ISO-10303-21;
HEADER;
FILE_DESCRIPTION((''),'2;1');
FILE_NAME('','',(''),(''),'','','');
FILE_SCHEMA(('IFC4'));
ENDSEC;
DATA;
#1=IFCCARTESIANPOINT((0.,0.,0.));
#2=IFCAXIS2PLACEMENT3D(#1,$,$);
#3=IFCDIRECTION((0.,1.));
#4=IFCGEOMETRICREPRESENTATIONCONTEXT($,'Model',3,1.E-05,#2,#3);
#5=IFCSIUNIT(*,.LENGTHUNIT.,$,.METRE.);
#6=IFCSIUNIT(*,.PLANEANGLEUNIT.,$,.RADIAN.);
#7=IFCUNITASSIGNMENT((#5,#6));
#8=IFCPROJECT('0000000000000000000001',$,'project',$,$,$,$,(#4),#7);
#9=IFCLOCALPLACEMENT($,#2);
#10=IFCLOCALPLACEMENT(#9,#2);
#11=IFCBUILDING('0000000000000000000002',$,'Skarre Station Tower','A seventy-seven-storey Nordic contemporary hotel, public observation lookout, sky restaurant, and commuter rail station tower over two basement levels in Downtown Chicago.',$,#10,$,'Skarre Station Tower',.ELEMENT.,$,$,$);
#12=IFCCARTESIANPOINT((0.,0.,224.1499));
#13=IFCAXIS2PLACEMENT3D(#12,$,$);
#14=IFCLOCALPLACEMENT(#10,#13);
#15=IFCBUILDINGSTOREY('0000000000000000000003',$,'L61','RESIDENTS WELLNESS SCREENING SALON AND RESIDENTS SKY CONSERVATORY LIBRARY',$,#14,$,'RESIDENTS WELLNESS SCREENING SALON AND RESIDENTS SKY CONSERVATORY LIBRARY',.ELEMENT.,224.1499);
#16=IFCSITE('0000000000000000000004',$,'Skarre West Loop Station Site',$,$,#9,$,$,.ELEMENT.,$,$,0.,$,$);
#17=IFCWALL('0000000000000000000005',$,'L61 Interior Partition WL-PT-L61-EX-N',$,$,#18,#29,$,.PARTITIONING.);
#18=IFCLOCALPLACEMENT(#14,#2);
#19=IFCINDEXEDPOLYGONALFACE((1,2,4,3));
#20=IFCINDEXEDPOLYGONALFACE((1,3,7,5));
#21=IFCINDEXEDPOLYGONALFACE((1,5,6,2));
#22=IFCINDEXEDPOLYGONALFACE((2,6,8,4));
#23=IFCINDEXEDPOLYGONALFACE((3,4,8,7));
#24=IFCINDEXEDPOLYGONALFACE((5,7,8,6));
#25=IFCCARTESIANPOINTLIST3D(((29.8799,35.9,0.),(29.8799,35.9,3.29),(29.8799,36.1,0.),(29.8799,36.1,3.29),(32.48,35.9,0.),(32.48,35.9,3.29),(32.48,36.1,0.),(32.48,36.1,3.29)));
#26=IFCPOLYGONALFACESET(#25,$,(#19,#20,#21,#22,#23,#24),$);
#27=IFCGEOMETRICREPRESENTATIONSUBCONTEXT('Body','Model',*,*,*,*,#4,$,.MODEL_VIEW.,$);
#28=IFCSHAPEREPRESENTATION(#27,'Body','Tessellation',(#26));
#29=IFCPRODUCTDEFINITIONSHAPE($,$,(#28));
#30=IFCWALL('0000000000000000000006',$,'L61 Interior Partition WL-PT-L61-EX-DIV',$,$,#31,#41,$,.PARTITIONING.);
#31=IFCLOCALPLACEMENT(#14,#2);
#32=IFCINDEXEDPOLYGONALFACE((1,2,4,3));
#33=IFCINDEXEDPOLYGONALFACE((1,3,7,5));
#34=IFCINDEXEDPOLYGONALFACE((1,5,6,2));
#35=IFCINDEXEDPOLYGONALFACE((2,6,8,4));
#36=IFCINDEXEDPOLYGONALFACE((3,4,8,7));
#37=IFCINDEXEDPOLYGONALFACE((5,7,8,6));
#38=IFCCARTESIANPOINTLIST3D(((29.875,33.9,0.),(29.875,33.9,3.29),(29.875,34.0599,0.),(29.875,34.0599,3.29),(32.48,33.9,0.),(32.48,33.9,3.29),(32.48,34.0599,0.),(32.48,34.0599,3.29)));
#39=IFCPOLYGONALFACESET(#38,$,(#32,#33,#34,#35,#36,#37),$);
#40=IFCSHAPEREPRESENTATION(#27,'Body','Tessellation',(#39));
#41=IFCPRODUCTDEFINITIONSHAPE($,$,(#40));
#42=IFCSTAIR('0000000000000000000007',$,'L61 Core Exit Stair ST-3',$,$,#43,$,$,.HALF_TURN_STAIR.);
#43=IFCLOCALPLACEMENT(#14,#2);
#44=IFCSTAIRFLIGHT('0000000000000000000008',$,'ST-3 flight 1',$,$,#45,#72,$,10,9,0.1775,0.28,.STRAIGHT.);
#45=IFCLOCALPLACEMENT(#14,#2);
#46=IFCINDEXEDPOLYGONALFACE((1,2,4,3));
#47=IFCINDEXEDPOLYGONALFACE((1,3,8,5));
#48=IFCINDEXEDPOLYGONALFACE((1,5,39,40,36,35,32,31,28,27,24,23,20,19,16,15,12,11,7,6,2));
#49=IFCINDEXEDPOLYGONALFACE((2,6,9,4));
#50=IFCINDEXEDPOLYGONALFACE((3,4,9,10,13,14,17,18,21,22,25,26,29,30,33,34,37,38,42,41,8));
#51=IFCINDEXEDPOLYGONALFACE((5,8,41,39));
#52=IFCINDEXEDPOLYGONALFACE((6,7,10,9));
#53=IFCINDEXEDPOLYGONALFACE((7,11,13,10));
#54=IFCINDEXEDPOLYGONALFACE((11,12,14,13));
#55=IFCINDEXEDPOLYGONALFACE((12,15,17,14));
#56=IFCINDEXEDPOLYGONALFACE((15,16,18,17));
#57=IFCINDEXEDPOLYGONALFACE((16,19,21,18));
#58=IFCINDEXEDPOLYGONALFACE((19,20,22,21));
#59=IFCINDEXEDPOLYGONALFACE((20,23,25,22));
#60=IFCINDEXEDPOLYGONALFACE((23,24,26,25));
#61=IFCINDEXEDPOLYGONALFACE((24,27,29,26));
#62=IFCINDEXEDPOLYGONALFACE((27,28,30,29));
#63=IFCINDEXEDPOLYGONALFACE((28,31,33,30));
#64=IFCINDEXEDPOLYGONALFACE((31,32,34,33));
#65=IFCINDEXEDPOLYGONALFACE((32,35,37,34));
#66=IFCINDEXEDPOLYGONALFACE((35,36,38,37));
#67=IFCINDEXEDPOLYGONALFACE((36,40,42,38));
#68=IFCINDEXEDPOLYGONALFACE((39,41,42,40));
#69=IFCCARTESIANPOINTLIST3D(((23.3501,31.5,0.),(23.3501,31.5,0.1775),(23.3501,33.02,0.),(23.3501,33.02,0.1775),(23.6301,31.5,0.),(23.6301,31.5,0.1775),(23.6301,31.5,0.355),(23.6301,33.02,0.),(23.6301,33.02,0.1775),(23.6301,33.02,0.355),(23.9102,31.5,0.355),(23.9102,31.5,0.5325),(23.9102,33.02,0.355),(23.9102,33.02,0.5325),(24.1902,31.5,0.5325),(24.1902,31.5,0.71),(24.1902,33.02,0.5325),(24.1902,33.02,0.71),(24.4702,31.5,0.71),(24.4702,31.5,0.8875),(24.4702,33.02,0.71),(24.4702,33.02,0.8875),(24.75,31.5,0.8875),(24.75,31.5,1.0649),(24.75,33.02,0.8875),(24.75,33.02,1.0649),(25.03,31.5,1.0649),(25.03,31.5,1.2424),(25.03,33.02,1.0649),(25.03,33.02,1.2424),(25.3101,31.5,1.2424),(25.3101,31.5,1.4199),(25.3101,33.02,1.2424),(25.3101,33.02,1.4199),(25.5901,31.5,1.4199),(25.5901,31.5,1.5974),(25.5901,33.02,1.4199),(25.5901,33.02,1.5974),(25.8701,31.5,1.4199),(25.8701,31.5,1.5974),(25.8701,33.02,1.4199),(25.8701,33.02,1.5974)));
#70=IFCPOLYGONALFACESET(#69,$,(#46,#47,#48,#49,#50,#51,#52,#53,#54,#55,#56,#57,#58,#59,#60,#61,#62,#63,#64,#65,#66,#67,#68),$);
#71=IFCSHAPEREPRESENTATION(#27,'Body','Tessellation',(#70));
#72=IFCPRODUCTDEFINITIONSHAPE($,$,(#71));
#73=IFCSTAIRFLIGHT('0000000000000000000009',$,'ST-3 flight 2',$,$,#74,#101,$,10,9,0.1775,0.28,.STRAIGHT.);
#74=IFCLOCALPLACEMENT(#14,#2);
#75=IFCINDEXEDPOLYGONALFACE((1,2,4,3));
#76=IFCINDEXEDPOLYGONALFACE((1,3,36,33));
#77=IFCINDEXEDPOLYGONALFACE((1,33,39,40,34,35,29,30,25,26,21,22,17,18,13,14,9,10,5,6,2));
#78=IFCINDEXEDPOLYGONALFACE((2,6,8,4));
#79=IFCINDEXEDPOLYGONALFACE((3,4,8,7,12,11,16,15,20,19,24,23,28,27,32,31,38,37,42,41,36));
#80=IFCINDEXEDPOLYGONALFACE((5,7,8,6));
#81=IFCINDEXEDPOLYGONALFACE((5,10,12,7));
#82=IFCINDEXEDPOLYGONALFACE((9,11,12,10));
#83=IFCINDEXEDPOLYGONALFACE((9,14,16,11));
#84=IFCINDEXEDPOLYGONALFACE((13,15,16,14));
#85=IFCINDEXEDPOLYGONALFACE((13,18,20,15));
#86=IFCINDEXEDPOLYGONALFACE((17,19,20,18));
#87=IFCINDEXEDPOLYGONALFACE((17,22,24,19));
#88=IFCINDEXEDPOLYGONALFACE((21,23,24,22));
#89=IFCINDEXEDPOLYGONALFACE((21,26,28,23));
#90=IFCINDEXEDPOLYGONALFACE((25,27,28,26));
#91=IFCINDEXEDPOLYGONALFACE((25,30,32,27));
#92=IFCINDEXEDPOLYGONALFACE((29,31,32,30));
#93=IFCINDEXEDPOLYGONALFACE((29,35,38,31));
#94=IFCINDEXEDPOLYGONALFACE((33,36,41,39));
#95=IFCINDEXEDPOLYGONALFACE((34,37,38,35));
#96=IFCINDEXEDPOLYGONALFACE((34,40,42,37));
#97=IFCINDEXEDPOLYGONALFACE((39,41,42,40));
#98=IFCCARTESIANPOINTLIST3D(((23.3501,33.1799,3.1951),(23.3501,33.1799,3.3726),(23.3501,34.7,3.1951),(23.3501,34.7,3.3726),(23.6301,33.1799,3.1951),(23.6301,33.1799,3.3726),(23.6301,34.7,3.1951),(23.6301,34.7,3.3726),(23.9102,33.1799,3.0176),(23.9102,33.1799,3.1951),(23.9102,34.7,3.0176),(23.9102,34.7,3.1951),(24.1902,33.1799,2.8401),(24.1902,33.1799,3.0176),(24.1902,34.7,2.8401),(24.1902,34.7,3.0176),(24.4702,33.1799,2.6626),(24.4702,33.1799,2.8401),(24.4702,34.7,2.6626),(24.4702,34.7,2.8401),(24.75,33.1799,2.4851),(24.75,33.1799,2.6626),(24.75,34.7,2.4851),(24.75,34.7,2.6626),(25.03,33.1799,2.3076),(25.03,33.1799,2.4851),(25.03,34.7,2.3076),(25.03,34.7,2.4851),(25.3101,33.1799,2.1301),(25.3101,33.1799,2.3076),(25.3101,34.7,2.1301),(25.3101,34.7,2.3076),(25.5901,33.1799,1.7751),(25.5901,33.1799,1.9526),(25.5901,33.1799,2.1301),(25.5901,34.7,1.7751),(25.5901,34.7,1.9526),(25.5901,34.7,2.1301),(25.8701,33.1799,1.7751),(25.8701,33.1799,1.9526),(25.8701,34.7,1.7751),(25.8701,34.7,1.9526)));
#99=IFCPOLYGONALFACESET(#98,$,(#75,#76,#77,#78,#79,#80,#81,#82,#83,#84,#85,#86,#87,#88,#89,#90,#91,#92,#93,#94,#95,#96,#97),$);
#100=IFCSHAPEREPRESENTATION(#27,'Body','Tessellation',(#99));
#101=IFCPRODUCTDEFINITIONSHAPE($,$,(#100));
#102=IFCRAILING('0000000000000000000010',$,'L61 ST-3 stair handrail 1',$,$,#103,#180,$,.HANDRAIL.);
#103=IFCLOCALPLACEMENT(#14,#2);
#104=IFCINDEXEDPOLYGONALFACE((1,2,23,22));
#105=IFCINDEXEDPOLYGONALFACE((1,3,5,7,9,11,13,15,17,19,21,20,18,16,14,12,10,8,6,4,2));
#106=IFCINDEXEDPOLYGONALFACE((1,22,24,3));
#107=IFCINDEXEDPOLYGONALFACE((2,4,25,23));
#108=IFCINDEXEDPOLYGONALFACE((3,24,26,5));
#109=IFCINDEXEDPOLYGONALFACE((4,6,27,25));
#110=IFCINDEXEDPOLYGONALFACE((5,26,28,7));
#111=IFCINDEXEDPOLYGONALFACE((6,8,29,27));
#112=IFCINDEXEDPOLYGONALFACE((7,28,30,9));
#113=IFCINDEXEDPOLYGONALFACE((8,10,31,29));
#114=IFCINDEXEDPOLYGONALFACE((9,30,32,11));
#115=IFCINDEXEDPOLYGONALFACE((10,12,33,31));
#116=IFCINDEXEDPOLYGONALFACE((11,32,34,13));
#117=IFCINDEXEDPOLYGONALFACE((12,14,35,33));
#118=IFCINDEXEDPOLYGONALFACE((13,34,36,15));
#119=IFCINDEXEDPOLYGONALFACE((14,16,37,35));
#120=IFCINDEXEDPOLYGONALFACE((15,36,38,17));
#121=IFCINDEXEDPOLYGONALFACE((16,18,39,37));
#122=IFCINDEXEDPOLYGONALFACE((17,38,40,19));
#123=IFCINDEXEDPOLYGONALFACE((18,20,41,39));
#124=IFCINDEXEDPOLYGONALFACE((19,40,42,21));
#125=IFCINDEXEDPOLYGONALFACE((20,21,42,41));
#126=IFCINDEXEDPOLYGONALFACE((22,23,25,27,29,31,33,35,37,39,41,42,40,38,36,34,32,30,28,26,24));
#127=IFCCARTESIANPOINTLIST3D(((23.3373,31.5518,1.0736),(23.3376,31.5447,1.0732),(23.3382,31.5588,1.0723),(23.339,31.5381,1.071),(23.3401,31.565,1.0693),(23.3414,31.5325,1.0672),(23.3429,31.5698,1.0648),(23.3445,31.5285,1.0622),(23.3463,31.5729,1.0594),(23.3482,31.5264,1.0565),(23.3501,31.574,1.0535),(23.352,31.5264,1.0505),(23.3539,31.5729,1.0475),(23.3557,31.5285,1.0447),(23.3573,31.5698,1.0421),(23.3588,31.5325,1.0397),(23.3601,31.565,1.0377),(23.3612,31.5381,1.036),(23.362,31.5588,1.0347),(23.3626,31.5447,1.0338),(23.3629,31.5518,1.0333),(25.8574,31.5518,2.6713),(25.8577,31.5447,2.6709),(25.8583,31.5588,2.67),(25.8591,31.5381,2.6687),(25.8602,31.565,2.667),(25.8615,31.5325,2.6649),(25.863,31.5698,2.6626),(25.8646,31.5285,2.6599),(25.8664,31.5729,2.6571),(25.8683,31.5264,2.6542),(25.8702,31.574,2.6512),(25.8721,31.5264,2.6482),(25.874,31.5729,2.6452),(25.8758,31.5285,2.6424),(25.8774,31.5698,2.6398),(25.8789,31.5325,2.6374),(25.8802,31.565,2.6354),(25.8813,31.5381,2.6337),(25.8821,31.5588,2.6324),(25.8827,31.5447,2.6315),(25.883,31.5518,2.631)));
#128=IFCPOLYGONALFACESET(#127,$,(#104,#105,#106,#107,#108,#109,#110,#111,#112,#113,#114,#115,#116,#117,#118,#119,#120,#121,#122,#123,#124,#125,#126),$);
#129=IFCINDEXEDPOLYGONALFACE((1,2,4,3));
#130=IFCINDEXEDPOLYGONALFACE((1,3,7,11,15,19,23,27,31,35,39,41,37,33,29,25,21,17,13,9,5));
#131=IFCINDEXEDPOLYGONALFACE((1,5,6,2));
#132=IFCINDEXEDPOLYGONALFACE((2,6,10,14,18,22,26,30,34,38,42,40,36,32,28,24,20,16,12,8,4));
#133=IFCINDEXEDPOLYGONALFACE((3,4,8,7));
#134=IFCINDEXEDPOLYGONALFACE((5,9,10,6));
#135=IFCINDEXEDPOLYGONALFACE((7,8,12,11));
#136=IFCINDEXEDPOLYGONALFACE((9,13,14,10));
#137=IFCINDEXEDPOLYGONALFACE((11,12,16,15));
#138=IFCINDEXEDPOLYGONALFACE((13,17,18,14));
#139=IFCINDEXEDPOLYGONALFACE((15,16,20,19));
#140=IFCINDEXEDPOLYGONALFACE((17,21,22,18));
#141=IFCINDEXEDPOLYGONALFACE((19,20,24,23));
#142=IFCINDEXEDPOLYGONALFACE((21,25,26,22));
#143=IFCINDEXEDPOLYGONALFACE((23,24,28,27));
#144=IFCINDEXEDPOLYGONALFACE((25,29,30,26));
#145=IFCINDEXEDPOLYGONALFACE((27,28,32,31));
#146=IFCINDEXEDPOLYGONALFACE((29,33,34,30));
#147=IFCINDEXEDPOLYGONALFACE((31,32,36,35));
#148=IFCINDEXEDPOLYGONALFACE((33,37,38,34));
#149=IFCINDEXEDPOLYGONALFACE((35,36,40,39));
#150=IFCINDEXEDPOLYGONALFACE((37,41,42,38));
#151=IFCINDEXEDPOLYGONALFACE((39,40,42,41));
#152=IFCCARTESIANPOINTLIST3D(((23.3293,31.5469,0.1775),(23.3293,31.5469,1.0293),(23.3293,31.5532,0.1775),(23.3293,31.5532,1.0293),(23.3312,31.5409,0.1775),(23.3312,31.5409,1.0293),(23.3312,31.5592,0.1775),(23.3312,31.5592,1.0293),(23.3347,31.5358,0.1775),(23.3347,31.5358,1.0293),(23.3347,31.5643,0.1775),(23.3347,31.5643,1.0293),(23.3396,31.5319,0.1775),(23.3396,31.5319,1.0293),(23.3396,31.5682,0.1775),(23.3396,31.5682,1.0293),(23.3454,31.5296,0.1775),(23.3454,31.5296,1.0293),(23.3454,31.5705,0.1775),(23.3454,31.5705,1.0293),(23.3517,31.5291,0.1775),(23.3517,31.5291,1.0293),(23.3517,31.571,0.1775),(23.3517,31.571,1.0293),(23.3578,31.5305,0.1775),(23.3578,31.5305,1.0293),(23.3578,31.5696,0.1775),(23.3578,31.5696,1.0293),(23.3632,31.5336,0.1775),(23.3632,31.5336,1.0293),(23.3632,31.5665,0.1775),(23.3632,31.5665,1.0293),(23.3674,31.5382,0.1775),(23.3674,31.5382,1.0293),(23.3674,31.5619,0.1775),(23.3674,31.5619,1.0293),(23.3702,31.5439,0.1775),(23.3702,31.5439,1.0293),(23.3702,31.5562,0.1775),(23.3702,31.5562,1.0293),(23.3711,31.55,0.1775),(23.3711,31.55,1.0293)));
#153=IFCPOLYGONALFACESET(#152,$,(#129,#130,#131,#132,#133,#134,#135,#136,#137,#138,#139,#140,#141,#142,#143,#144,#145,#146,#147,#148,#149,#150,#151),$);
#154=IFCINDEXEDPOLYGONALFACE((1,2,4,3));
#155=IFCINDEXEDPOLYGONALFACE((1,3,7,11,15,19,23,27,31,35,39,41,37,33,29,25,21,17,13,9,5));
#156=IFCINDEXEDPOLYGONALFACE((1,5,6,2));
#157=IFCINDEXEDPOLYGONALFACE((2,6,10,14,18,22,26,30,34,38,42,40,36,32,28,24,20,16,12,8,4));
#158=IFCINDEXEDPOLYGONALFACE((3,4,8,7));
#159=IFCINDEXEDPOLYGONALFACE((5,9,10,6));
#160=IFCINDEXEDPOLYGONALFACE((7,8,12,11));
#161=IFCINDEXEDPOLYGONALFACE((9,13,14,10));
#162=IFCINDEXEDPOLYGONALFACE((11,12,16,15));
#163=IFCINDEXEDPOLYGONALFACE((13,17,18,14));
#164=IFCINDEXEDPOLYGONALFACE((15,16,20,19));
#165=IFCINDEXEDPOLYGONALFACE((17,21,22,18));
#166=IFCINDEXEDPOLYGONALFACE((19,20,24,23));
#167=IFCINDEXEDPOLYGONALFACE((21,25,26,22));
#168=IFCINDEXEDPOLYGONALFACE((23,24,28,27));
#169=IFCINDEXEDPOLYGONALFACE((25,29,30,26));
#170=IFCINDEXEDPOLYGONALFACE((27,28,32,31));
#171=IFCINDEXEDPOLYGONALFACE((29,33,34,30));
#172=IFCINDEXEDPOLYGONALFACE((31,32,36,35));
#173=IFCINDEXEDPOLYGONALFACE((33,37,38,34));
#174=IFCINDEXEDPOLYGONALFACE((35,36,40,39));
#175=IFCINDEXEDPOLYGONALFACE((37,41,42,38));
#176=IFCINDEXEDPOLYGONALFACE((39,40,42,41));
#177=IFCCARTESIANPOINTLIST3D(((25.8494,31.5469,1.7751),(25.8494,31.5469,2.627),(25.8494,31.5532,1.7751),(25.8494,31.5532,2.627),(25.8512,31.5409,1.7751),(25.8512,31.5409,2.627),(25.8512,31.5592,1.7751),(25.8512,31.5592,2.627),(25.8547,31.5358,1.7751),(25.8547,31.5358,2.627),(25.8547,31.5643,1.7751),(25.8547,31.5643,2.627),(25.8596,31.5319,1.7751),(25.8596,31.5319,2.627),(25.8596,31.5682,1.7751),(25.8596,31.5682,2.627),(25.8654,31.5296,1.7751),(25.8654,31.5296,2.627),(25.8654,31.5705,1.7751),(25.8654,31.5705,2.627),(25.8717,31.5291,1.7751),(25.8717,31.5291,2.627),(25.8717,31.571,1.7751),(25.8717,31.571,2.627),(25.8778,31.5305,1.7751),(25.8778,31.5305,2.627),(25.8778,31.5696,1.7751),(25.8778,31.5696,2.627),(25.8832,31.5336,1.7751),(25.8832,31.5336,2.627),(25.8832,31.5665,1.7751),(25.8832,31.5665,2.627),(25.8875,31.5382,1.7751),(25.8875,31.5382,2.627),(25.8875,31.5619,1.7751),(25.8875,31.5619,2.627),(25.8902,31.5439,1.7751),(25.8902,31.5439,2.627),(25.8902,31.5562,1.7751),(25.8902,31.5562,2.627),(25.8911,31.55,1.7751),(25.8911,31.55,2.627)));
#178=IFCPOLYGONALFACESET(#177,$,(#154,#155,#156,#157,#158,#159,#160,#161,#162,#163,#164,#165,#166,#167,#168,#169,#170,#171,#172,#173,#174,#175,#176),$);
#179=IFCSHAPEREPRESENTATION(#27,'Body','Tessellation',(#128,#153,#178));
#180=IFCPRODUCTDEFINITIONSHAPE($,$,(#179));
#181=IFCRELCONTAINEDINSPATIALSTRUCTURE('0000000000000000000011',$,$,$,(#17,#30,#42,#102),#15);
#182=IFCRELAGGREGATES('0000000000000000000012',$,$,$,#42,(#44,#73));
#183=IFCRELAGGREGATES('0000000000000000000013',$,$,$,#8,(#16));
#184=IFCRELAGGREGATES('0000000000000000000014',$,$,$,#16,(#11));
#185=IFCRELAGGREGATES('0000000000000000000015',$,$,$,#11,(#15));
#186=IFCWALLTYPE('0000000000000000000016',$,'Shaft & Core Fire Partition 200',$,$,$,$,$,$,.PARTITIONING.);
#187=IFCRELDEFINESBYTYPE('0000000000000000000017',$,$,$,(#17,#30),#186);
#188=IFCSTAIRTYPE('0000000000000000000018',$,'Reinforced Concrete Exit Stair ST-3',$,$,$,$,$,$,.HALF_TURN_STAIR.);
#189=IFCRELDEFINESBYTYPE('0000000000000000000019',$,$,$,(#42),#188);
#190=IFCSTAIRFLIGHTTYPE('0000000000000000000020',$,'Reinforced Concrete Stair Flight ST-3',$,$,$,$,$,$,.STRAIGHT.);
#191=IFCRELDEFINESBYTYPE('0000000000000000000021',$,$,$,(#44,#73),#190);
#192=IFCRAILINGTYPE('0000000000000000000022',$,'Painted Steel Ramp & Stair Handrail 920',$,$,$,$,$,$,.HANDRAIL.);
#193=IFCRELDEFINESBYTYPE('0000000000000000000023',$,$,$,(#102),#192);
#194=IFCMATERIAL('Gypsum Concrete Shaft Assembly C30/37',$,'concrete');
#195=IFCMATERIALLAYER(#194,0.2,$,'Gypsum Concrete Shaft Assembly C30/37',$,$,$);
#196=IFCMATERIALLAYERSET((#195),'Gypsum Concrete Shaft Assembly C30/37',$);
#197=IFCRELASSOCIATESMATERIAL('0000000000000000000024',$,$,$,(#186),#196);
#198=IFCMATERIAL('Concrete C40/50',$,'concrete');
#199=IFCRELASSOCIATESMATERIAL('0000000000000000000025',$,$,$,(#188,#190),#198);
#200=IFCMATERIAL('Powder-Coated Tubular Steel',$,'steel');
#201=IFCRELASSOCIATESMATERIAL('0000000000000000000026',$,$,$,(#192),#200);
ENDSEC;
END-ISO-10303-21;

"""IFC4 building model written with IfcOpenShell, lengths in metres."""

from ifc_helpers import new_model, si_unit, direction, frame, frame_2d, origin, origin_2d, place, context, subcontext, project, spatial, polyline, rectangle, circle, outline, extrude, material, layer, layer_set, type_object, element, aggregate, save


model = new_model("IFC4")

# Units and contexts
model_context = context("Model", 3, precision=1e-05, world=origin(), true_north=direction((0.0, 1.0)))
body_context = subcontext(model_context, "Body", "Model", "MODEL_VIEW")
ifc_project = project(units=[si_unit("LENGTHUNIT", "METRE"), si_unit("PLANEANGLEUNIT", "RADIAN")], contexts=[model_context])

# Site, building, storey
site_placement = place(None, origin())
site = spatial("IfcSite", under=ifc_project, at=site_placement, Name="Skarre West Loop Station Site", CompositionType="ELEMENT", RefElevation=0.0)
building_placement = place(site_placement, origin())
building = spatial("IfcBuilding", under=site, at=building_placement, Name="Skarre Station Tower", Description="A seventy-seven-storey Nordic contemporary hotel, public observation lookout, sky restaurant, and commuter rail station tower over two basement levels in Downtown Chicago.", LongName="Skarre Station Tower", CompositionType="ELEMENT")
storey_placement = place(building_placement, frame((0.0, 0.0, 224.1499)))
storey = spatial("IfcBuildingStorey", under=building, at=storey_placement, Name="L61", Description="RESIDENTS WELLNESS SCREENING SALON AND RESIDENTS SKY CONSERVATORY LIBRARY", LongName="RESIDENTS WELLNESS SCREENING SALON AND RESIDENTS SKY CONSERVATORY LIBRARY", CompositionType="ELEMENT", Elevation=224.1499)

# Walls
ifc_material_1 = material(Name="Gypsum Concrete Shaft Assembly C30/37", Category="concrete")
ifc_layer_1 = layer(ifc_material_1, 0.2, Name="Gypsum Concrete Shaft Assembly C30/37")
ifc_layer_set_1 = layer_set([ifc_layer_1], Name="Gypsum Concrete Shaft Assembly C30/37")
wall_type_1 = type_object("IfcWallType", Name="Shaft & Core Fire Partition 200", PredefinedType="PARTITIONING", material=ifc_layer_set_1)
wall_1_placement = place(storey_placement, frame((29.8799, 36.0, 0.0), z_axis=(0.0, 0.0, 1.0), x_axis=(1.0, 0.0, 0.0)))
element("IfcWall", 1, at=wall_1_placement, inside=storey, type_object=wall_type_1, Name="L61 Interior Partition WL-PT-L61-EX-N", PredefinedType="PARTITIONING", context=body_context, shape_type="SweptSolid", body=[
    extrude(rectangle(XDim=2.6001, YDim=0.2, at=frame_2d((1.3, 0.0))), origin(), (0.0, 0.0, 1.0), 3.29),
])
wall_2_placement = place(storey_placement, frame((29.875, 33.98, 0.0), z_axis=(0.0, 0.0, 1.0), x_axis=(1.0, 0.0, 0.0)))
element("IfcWall", 2, at=wall_2_placement, inside=storey, type_object=wall_type_1, Name="L61 Interior Partition WL-PT-L61-EX-DIV", PredefinedType="PARTITIONING", context=body_context, shape_type="SweptSolid", body=[
    extrude(rectangle(XDim=2.605, YDim=0.1599, at=frame_2d((1.3025, 0.0))), origin(), (0.0, 0.0, 1.0), 3.29),
])

# Stair, stair flights
ifc_material_2 = material(Name="Concrete C40/50", Category="concrete")
stair_type = type_object("IfcStairType", Name="Reinforced Concrete Exit Stair ST-3", PredefinedType="HALF_TURN_STAIR", material=ifc_material_2)
stair_placement = place(storey_placement, origin())
stair = element("IfcStair", 3, at=stair_placement, inside=storey, type_object=stair_type, Name="L61 Core Exit Stair ST-3", PredefinedType="HALF_TURN_STAIR")
stair_flight_type = type_object("IfcStairFlightType", Name="Reinforced Concrete Stair Flight ST-3", PredefinedType="STRAIGHT", material=ifc_material_2)
stair_flight_1_placement = place(storey_placement, frame((23.3501, 32.26, 0.0), z_axis=(0.0, 0.0, 1.0), x_axis=(1.0, 0.0, 0.0)))
stair_flight_1 = element("IfcStairFlight", 4, at=stair_flight_1_placement, type_object=stair_flight_type, Name="ST-3 flight 1", NumberOfRisers=10, NumberOfTreads=9, PredefinedType="STRAIGHT", RiserHeight=0.1775, TreadLength=0.28, context=body_context, shape_type="SweptSolid", body=[
    extrude(outline(polyline([(0.0, 0.0), (0.0, 0.1775), (0.28, 0.1775), (0.28, 0.355), (0.5601, 0.355), (0.5601, 0.5325), (0.8401, 0.5325), (0.8401, 0.71), (1.1201, 0.71), (1.1201, 0.8875), (1.3999, 0.8875), (1.3999, 1.0649), (1.6799, 1.0649), (1.6799, 1.2424), (1.96, 1.2424), (1.96, 1.4199), (2.24, 1.4199), (2.24, 1.5974), (2.52, 1.5974), (2.52, 1.7749), (2.52, 1.4199), (0.28, 0.0), (0.0, 0.0)])), frame((0.0, 0.76, 0.0), z_axis=(0.0, -1.0, 0.0), x_axis=(1.0, 0.0, 0.0)), (0.0, 0.0, 1.0), 1.52),
])
stair_flight_2_placement = place(storey_placement, frame((25.8701, 33.9399, 1.7751), z_axis=(0.0, 0.0, 1.0), x_axis=(-1.0, 0.0, 0.0)))
stair_flight_2 = element("IfcStairFlight", 5, at=stair_flight_2_placement, type_object=stair_flight_type, Name="ST-3 flight 2", NumberOfRisers=10, NumberOfTreads=9, PredefinedType="STRAIGHT", RiserHeight=0.1775, TreadLength=0.28, context=body_context, shape_type="SweptSolid", body=[
    extrude(outline(polyline([(0.0, 0.0), (0.0, 0.1775), (0.28, 0.1775), (0.28, 0.355), (0.5601, 0.355), (0.5601, 0.5325), (0.8401, 0.5325), (0.8401, 0.71), (1.1201, 0.71), (1.1201, 0.8875), (1.3999, 0.8875), (1.3999, 1.0649), (1.6799, 1.0649), (1.6799, 1.2424), (1.96, 1.2424), (1.96, 1.4199), (2.24, 1.4199), (2.24, 1.5974), (2.52, 1.5974), (2.52, 1.7749), (2.52, 1.4199), (0.28, 0.0), (0.0, 0.0)])), frame((0.0, 0.76, 0.0), z_axis=(0.0, -1.0, 0.0), x_axis=(1.0, 0.0, 0.0)), (0.0, 0.0, 1.0), 1.52),
])
aggregate(stair, [stair_flight_1, stair_flight_2])

# Railing
ifc_material_3 = material(Name="Powder-Coated Tubular Steel", Category="steel")
railing_type_1 = type_object("IfcRailingType", Name="Painted Steel Ramp & Stair Handrail 920", PredefinedType="HANDRAIL", material=ifc_material_3)
railing_1_placement = place(storey_placement, frame((23.3501, 31.55, 0.1775)))
element("IfcRailing", 6, at=railing_1_placement, inside=storey, type_object=railing_type_1, Name="L61 ST-3 stair handrail 1", PredefinedType="HANDRAIL", context=body_context, shape_type="SweptSolid", body=[
    extrude(circle(Radius=0.0239, at=origin_2d()), frame((0.0, 0.0, 0.876), z_axis=(0.84457, 0.0, 0.535445), x_axis=(0.0, 1.0, 0.0)), (0.0, 0.0, 1.0), 2.9839),
    extrude(circle(Radius=0.021, at=origin_2d()), origin(), (0.0, 0.0, 1.0), 0.8518),
    extrude(circle(Radius=0.021, at=origin_2d()), frame((2.52, 0.0, 1.5977)), (0.0, 0.0, 1.0), 0.8518),
])

save(model, "model.ifc")
